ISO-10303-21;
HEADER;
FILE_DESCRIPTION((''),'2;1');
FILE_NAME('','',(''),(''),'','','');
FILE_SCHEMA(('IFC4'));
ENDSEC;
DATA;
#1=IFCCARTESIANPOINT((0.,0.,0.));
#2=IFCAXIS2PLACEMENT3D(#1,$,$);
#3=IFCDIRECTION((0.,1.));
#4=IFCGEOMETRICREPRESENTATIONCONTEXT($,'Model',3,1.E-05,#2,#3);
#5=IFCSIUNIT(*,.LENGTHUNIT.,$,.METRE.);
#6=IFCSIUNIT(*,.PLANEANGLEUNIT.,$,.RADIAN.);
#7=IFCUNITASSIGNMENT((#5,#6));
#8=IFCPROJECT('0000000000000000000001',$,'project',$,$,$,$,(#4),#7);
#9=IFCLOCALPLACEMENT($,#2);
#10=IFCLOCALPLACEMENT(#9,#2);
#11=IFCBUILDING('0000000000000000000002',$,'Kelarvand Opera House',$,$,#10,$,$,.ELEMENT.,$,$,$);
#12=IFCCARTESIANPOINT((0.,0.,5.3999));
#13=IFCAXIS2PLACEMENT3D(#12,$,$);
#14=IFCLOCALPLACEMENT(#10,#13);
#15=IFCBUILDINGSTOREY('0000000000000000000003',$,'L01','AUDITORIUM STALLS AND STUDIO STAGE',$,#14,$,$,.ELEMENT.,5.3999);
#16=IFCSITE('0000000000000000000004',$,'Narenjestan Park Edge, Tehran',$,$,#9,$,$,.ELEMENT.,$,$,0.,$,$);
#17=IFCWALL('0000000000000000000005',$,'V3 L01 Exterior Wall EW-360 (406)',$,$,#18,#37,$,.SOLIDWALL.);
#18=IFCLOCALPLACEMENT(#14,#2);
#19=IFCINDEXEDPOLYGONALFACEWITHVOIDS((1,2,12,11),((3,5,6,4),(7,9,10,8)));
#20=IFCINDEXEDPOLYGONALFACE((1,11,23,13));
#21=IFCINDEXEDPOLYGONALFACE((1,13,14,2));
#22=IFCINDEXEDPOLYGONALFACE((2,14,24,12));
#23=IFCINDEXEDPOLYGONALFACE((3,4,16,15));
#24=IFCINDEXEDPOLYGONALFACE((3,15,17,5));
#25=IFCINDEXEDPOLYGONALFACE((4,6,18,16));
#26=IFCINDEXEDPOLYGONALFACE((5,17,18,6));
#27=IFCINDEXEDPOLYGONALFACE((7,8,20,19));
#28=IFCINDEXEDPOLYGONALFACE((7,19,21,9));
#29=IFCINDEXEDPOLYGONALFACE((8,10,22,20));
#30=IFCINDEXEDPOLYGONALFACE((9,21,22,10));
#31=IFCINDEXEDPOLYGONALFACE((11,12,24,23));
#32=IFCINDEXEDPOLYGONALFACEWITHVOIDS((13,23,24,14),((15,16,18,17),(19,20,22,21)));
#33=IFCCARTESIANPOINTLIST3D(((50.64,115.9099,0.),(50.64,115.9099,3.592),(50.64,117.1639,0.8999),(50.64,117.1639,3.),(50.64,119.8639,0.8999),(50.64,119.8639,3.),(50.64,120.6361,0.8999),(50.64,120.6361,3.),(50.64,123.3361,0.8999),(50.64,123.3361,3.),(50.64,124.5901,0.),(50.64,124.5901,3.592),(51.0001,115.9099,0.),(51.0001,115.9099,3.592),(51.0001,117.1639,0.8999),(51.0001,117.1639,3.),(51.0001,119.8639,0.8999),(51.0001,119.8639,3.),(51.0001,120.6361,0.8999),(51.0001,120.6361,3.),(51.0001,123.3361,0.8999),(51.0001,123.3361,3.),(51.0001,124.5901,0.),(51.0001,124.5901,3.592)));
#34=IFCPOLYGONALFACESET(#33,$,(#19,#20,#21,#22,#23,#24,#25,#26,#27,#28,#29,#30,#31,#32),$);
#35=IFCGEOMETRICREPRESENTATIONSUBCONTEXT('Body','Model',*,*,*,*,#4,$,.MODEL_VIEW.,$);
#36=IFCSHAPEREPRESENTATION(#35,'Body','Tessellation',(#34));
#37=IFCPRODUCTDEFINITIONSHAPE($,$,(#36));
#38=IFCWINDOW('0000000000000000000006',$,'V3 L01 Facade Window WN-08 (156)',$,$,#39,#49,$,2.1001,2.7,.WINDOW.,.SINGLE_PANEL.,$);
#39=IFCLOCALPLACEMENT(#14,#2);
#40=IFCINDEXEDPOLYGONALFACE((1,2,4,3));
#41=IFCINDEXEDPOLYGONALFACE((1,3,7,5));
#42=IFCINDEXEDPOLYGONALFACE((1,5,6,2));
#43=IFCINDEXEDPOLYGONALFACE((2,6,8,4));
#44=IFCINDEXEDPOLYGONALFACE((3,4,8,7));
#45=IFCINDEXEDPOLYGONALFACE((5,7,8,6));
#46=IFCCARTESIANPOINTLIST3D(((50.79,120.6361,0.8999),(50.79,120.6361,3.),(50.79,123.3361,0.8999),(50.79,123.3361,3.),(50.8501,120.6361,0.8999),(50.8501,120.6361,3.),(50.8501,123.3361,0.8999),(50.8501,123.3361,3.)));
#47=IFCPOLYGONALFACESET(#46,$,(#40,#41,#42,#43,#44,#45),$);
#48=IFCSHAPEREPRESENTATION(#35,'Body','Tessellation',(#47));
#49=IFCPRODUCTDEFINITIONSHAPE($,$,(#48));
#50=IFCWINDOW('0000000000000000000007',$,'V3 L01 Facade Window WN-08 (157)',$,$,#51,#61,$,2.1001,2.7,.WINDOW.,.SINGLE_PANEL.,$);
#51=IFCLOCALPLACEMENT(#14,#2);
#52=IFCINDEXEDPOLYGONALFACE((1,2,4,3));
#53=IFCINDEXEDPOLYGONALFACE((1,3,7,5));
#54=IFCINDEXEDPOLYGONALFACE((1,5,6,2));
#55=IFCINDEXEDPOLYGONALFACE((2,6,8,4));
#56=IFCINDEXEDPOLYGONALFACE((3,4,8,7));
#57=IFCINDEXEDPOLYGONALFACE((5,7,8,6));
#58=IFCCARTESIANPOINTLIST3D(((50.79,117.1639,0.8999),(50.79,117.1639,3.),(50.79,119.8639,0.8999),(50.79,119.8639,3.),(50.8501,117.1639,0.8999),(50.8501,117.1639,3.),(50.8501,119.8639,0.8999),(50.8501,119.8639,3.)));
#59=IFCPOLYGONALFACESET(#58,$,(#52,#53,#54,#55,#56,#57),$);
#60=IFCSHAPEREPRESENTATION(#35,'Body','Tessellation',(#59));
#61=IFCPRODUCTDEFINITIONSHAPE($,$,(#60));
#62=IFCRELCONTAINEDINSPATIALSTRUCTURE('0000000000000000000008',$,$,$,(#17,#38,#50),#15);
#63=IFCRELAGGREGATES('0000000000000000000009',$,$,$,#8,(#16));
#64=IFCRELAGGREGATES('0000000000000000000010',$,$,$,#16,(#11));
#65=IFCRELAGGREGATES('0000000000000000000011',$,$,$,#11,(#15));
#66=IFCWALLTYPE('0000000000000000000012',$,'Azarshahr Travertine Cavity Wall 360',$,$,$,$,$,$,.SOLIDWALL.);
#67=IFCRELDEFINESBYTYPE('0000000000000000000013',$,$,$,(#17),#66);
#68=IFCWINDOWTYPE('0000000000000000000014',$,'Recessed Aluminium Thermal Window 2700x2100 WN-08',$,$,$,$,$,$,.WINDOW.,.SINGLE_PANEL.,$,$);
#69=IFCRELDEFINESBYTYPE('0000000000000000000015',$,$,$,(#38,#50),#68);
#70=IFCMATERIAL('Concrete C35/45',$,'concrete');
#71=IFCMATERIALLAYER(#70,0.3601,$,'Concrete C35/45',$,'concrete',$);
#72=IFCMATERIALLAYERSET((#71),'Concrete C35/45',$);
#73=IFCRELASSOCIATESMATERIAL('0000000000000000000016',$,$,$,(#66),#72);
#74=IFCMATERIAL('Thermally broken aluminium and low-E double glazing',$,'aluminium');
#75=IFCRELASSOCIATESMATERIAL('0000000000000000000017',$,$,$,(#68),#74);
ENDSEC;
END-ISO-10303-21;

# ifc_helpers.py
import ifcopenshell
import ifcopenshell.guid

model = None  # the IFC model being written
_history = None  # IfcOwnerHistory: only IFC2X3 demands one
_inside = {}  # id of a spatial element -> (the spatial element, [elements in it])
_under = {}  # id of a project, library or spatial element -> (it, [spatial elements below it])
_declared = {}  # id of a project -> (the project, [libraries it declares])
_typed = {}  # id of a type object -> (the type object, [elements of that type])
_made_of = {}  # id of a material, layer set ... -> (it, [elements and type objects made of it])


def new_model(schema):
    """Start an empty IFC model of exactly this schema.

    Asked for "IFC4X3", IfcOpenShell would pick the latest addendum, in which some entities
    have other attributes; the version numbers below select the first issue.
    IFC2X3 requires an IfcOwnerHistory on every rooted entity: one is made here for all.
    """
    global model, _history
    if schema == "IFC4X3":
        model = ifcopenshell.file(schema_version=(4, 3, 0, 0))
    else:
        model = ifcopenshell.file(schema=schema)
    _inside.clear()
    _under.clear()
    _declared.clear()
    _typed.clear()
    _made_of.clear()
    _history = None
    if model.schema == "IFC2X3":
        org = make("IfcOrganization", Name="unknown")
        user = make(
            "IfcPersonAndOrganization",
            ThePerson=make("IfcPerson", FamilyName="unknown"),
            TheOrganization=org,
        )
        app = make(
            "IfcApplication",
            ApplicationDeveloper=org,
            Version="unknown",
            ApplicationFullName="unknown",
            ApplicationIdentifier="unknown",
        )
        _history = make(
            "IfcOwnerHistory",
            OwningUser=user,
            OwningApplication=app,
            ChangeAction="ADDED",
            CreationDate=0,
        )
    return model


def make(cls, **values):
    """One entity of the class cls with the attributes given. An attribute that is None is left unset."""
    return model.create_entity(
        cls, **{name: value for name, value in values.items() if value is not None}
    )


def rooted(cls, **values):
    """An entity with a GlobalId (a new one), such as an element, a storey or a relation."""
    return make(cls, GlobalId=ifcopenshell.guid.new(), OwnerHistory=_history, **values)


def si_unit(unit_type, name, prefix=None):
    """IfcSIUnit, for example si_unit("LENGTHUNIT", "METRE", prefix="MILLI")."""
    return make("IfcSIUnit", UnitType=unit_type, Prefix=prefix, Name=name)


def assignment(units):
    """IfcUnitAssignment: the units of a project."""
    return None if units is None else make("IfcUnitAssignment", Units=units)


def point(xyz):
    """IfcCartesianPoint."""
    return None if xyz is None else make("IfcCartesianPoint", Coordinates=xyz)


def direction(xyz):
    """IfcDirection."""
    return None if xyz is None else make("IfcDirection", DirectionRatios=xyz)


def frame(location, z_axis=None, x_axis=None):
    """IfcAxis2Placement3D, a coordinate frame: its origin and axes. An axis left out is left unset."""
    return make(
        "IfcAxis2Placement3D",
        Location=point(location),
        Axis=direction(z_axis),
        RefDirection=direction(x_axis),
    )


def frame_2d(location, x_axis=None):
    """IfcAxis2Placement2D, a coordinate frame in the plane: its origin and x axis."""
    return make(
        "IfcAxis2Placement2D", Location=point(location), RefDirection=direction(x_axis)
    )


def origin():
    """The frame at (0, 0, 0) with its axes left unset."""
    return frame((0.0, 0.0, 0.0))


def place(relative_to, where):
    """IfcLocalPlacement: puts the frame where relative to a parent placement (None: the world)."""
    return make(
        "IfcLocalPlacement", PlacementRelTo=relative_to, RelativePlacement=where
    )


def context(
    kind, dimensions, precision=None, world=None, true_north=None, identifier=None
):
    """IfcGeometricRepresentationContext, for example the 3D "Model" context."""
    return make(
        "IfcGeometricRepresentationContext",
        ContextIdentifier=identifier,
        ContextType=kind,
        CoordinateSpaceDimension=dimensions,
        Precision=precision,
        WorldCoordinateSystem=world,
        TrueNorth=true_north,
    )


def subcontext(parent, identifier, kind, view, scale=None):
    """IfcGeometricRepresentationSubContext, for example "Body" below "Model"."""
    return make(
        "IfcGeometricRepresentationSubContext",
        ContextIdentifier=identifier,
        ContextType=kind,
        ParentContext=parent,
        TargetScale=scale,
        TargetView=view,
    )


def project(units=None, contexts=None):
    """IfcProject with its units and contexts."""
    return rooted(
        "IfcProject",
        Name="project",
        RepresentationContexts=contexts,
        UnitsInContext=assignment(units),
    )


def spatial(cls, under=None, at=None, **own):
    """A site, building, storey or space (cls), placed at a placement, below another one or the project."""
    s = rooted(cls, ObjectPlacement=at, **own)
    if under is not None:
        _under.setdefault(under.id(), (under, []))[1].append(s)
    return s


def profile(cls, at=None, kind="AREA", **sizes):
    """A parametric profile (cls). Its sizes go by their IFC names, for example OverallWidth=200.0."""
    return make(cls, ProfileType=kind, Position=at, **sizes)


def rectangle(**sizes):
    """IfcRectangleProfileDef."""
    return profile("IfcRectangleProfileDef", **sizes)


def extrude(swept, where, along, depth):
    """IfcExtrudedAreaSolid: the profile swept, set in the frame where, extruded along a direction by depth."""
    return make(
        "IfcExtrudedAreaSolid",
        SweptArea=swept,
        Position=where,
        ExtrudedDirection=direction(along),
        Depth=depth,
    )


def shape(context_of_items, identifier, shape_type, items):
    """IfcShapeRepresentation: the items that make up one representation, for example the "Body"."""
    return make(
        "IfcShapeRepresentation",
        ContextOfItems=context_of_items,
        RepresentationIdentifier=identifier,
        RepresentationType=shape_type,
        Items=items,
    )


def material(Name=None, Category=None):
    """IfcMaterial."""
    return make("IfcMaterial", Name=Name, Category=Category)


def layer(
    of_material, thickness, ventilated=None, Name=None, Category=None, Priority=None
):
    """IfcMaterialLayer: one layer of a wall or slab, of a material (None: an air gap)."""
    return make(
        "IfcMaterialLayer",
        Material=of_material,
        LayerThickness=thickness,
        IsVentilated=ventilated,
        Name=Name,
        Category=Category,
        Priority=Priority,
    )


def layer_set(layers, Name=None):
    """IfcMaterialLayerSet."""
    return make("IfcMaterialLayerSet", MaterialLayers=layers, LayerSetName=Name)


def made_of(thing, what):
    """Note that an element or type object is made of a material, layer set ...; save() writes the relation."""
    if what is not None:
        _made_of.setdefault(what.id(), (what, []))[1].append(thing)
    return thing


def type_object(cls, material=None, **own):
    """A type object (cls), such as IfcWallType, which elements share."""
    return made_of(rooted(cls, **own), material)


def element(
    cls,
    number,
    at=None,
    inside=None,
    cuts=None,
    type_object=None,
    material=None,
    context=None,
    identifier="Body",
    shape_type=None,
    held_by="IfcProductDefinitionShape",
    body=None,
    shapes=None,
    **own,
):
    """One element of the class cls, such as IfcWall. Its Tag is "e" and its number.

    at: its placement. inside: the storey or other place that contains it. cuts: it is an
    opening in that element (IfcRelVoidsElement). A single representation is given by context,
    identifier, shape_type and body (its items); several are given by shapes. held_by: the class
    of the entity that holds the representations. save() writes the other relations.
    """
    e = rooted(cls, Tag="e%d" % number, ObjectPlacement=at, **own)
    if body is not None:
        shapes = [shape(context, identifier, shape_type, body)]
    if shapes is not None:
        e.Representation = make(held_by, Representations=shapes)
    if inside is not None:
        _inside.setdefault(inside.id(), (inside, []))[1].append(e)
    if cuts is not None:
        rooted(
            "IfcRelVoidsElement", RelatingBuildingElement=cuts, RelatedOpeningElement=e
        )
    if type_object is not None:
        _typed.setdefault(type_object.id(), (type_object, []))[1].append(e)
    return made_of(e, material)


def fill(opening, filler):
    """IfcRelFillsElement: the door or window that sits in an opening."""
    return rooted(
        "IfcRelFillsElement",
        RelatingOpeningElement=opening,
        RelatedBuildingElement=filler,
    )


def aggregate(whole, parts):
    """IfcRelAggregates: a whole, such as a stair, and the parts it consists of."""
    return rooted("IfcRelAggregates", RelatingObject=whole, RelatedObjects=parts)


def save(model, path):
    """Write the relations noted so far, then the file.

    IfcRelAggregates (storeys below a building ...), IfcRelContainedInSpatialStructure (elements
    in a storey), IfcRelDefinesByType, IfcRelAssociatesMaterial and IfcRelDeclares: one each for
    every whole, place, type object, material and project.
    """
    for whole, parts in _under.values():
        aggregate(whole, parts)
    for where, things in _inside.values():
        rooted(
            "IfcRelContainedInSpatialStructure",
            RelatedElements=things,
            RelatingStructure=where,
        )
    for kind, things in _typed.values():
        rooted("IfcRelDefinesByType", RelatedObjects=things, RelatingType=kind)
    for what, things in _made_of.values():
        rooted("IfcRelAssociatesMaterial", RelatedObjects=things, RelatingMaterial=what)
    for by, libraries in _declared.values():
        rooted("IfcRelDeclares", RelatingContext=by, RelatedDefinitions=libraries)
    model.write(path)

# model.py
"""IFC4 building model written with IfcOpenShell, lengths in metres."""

from ifc_helpers import new_model, si_unit, direction, frame, frame_2d, origin, place, context, subcontext, project, spatial, rectangle, extrude, material, layer, layer_set, type_object, element, fill, save


model = new_model("IFC4")

# Units and contexts
model_context = context("Model", 3, precision=1e-05, world=origin(), true_north=direction((0.0, 1.0)))
body_context = subcontext(model_context, "Body", "Model", "MODEL_VIEW")
ifc_project = project(units=[si_unit("LENGTHUNIT", "METRE"), si_unit("PLANEANGLEUNIT", "RADIAN")], contexts=[model_context])

# Site, building, storey
site_placement = place(None, origin())
site = spatial("IfcSite", under=ifc_project, at=site_placement, Name="Narenjestan Park Edge, Tehran", CompositionType="ELEMENT", RefElevation=0.0)
building_placement = place(site_placement, origin())
building = spatial("IfcBuilding", under=site, at=building_placement, Name="Kelarvand Opera House", CompositionType="ELEMENT")
storey_placement = place(building_placement, frame((0.0, 0.0, 5.3999)))
storey = spatial("IfcBuildingStorey", under=building, at=storey_placement, Name="L01", Description="AUDITORIUM STALLS AND STUDIO STAGE", CompositionType="ELEMENT", Elevation=5.3999)

# Wall, openings, windows
ifc_material_1 = material(Name="Concrete C35/45", Category="concrete")
ifc_layer_1 = layer(ifc_material_1, 0.3601, Name="Concrete C35/45", Category="concrete")
ifc_layer_set_1 = layer_set([ifc_layer_1], Name="Concrete C35/45")
wall_type = type_object("IfcWallType", Name="Azarshahr Travertine Cavity Wall 360", PredefinedType="SOLIDWALL", material=ifc_layer_set_1)
wall_placement = place(storey_placement, frame((50.8201, 124.5901, 0.0), z_axis=(0.0, 0.0, 1.0), x_axis=(0.0, -1.0, 0.0)))
wall = element("IfcWall", 1, at=wall_placement, inside=storey, type_object=wall_type, Name="V3 L01 Exterior Wall EW-360 (406)", PredefinedType="SOLIDWALL", context=body_context, shape_type="SweptSolid", body=[
    extrude(rectangle(XDim=8.6802, YDim=0.3601, at=frame_2d((4.3401, 0.0))), origin(), (0.0, 0.0, 1.0), 3.592),
])
opening_1_placement = place(wall_placement, frame((1.2539, 0.0, 0.8999)))
opening_1 = element("IfcOpeningElement", 2, at=opening_1_placement, cuts=wall, PredefinedType="OPENING", context=body_context, shape_type="SweptSolid", body=[
    extrude(rectangle(XDim=2.7, YDim=2.1001, at=frame_2d((1.3501, 1.05))), frame((0.0, 0.1899, 0.0), z_axis=(0.0, -1.0, 0.0), x_axis=(1.0, 0.0, 0.0)), (0.0, 0.0, 1.0), 0.3801),
])
opening_2_placement = place(wall_placement, frame((4.7261, 0.0, 0.8999)))
opening_2 = element("IfcOpeningElement", 3, at=opening_2_placement, cuts=wall, PredefinedType="OPENING", context=body_context, shape_type="SweptSolid", body=[
    extrude(rectangle(XDim=2.7, YDim=2.1001, at=frame_2d((1.3501, 1.05))), frame((0.0, 0.1899, 0.0), z_axis=(0.0, -1.0, 0.0), x_axis=(1.0, 0.0, 0.0)), (0.0, 0.0, 1.0), 0.3801),
])
ifc_material_2 = material(Name="Thermally broken aluminium and low-E double glazing", Category="aluminium")
window_type = type_object("IfcWindowType", Name="Recessed Aluminium Thermal Window 2700x2100 WN-08", PartitioningType="SINGLE_PANEL", PredefinedType="WINDOW", material=ifc_material_2)
window_1_placement = place(opening_1_placement, origin())
window_1 = element("IfcWindow", 4, at=window_1_placement, inside=storey, type_object=window_type, Name="V3 L01 Facade Window WN-08 (156)", OverallHeight=2.1001, OverallWidth=2.7, PartitioningType="SINGLE_PANEL", PredefinedType="WINDOW", context=body_context, shape_type="SweptSolid", body=[
    extrude(rectangle(XDim=2.7, YDim=2.1001, at=frame_2d((1.3501, 1.05))), frame((0.0, 0.03, 0.0), z_axis=(0.0, -1.0, 0.0), x_axis=(1.0, 0.0, 0.0)), (0.0, 0.0, 1.0), 0.0601),
])
fill(opening_1, window_1)
window_2_placement = place(opening_2_placement, origin())
window_2 = element("IfcWindow", 5, at=window_2_placement, inside=storey, type_object=window_type, Name="V3 L01 Facade Window WN-08 (157)", OverallHeight=2.1001, OverallWidth=2.7, PartitioningType="SINGLE_PANEL", PredefinedType="WINDOW", context=body_context, shape_type="SweptSolid", body=[
    extrude(rectangle(XDim=2.7, YDim=2.1001, at=frame_2d((1.3501, 1.05))), frame((0.0, 0.03, 0.0), z_axis=(0.0, -1.0, 0.0), x_axis=(1.0, 0.0, 0.0)), (0.0, 0.0, 1.0), 0.0601),
])
fill(opening_2, window_2)

save(model, "model.ifc")
